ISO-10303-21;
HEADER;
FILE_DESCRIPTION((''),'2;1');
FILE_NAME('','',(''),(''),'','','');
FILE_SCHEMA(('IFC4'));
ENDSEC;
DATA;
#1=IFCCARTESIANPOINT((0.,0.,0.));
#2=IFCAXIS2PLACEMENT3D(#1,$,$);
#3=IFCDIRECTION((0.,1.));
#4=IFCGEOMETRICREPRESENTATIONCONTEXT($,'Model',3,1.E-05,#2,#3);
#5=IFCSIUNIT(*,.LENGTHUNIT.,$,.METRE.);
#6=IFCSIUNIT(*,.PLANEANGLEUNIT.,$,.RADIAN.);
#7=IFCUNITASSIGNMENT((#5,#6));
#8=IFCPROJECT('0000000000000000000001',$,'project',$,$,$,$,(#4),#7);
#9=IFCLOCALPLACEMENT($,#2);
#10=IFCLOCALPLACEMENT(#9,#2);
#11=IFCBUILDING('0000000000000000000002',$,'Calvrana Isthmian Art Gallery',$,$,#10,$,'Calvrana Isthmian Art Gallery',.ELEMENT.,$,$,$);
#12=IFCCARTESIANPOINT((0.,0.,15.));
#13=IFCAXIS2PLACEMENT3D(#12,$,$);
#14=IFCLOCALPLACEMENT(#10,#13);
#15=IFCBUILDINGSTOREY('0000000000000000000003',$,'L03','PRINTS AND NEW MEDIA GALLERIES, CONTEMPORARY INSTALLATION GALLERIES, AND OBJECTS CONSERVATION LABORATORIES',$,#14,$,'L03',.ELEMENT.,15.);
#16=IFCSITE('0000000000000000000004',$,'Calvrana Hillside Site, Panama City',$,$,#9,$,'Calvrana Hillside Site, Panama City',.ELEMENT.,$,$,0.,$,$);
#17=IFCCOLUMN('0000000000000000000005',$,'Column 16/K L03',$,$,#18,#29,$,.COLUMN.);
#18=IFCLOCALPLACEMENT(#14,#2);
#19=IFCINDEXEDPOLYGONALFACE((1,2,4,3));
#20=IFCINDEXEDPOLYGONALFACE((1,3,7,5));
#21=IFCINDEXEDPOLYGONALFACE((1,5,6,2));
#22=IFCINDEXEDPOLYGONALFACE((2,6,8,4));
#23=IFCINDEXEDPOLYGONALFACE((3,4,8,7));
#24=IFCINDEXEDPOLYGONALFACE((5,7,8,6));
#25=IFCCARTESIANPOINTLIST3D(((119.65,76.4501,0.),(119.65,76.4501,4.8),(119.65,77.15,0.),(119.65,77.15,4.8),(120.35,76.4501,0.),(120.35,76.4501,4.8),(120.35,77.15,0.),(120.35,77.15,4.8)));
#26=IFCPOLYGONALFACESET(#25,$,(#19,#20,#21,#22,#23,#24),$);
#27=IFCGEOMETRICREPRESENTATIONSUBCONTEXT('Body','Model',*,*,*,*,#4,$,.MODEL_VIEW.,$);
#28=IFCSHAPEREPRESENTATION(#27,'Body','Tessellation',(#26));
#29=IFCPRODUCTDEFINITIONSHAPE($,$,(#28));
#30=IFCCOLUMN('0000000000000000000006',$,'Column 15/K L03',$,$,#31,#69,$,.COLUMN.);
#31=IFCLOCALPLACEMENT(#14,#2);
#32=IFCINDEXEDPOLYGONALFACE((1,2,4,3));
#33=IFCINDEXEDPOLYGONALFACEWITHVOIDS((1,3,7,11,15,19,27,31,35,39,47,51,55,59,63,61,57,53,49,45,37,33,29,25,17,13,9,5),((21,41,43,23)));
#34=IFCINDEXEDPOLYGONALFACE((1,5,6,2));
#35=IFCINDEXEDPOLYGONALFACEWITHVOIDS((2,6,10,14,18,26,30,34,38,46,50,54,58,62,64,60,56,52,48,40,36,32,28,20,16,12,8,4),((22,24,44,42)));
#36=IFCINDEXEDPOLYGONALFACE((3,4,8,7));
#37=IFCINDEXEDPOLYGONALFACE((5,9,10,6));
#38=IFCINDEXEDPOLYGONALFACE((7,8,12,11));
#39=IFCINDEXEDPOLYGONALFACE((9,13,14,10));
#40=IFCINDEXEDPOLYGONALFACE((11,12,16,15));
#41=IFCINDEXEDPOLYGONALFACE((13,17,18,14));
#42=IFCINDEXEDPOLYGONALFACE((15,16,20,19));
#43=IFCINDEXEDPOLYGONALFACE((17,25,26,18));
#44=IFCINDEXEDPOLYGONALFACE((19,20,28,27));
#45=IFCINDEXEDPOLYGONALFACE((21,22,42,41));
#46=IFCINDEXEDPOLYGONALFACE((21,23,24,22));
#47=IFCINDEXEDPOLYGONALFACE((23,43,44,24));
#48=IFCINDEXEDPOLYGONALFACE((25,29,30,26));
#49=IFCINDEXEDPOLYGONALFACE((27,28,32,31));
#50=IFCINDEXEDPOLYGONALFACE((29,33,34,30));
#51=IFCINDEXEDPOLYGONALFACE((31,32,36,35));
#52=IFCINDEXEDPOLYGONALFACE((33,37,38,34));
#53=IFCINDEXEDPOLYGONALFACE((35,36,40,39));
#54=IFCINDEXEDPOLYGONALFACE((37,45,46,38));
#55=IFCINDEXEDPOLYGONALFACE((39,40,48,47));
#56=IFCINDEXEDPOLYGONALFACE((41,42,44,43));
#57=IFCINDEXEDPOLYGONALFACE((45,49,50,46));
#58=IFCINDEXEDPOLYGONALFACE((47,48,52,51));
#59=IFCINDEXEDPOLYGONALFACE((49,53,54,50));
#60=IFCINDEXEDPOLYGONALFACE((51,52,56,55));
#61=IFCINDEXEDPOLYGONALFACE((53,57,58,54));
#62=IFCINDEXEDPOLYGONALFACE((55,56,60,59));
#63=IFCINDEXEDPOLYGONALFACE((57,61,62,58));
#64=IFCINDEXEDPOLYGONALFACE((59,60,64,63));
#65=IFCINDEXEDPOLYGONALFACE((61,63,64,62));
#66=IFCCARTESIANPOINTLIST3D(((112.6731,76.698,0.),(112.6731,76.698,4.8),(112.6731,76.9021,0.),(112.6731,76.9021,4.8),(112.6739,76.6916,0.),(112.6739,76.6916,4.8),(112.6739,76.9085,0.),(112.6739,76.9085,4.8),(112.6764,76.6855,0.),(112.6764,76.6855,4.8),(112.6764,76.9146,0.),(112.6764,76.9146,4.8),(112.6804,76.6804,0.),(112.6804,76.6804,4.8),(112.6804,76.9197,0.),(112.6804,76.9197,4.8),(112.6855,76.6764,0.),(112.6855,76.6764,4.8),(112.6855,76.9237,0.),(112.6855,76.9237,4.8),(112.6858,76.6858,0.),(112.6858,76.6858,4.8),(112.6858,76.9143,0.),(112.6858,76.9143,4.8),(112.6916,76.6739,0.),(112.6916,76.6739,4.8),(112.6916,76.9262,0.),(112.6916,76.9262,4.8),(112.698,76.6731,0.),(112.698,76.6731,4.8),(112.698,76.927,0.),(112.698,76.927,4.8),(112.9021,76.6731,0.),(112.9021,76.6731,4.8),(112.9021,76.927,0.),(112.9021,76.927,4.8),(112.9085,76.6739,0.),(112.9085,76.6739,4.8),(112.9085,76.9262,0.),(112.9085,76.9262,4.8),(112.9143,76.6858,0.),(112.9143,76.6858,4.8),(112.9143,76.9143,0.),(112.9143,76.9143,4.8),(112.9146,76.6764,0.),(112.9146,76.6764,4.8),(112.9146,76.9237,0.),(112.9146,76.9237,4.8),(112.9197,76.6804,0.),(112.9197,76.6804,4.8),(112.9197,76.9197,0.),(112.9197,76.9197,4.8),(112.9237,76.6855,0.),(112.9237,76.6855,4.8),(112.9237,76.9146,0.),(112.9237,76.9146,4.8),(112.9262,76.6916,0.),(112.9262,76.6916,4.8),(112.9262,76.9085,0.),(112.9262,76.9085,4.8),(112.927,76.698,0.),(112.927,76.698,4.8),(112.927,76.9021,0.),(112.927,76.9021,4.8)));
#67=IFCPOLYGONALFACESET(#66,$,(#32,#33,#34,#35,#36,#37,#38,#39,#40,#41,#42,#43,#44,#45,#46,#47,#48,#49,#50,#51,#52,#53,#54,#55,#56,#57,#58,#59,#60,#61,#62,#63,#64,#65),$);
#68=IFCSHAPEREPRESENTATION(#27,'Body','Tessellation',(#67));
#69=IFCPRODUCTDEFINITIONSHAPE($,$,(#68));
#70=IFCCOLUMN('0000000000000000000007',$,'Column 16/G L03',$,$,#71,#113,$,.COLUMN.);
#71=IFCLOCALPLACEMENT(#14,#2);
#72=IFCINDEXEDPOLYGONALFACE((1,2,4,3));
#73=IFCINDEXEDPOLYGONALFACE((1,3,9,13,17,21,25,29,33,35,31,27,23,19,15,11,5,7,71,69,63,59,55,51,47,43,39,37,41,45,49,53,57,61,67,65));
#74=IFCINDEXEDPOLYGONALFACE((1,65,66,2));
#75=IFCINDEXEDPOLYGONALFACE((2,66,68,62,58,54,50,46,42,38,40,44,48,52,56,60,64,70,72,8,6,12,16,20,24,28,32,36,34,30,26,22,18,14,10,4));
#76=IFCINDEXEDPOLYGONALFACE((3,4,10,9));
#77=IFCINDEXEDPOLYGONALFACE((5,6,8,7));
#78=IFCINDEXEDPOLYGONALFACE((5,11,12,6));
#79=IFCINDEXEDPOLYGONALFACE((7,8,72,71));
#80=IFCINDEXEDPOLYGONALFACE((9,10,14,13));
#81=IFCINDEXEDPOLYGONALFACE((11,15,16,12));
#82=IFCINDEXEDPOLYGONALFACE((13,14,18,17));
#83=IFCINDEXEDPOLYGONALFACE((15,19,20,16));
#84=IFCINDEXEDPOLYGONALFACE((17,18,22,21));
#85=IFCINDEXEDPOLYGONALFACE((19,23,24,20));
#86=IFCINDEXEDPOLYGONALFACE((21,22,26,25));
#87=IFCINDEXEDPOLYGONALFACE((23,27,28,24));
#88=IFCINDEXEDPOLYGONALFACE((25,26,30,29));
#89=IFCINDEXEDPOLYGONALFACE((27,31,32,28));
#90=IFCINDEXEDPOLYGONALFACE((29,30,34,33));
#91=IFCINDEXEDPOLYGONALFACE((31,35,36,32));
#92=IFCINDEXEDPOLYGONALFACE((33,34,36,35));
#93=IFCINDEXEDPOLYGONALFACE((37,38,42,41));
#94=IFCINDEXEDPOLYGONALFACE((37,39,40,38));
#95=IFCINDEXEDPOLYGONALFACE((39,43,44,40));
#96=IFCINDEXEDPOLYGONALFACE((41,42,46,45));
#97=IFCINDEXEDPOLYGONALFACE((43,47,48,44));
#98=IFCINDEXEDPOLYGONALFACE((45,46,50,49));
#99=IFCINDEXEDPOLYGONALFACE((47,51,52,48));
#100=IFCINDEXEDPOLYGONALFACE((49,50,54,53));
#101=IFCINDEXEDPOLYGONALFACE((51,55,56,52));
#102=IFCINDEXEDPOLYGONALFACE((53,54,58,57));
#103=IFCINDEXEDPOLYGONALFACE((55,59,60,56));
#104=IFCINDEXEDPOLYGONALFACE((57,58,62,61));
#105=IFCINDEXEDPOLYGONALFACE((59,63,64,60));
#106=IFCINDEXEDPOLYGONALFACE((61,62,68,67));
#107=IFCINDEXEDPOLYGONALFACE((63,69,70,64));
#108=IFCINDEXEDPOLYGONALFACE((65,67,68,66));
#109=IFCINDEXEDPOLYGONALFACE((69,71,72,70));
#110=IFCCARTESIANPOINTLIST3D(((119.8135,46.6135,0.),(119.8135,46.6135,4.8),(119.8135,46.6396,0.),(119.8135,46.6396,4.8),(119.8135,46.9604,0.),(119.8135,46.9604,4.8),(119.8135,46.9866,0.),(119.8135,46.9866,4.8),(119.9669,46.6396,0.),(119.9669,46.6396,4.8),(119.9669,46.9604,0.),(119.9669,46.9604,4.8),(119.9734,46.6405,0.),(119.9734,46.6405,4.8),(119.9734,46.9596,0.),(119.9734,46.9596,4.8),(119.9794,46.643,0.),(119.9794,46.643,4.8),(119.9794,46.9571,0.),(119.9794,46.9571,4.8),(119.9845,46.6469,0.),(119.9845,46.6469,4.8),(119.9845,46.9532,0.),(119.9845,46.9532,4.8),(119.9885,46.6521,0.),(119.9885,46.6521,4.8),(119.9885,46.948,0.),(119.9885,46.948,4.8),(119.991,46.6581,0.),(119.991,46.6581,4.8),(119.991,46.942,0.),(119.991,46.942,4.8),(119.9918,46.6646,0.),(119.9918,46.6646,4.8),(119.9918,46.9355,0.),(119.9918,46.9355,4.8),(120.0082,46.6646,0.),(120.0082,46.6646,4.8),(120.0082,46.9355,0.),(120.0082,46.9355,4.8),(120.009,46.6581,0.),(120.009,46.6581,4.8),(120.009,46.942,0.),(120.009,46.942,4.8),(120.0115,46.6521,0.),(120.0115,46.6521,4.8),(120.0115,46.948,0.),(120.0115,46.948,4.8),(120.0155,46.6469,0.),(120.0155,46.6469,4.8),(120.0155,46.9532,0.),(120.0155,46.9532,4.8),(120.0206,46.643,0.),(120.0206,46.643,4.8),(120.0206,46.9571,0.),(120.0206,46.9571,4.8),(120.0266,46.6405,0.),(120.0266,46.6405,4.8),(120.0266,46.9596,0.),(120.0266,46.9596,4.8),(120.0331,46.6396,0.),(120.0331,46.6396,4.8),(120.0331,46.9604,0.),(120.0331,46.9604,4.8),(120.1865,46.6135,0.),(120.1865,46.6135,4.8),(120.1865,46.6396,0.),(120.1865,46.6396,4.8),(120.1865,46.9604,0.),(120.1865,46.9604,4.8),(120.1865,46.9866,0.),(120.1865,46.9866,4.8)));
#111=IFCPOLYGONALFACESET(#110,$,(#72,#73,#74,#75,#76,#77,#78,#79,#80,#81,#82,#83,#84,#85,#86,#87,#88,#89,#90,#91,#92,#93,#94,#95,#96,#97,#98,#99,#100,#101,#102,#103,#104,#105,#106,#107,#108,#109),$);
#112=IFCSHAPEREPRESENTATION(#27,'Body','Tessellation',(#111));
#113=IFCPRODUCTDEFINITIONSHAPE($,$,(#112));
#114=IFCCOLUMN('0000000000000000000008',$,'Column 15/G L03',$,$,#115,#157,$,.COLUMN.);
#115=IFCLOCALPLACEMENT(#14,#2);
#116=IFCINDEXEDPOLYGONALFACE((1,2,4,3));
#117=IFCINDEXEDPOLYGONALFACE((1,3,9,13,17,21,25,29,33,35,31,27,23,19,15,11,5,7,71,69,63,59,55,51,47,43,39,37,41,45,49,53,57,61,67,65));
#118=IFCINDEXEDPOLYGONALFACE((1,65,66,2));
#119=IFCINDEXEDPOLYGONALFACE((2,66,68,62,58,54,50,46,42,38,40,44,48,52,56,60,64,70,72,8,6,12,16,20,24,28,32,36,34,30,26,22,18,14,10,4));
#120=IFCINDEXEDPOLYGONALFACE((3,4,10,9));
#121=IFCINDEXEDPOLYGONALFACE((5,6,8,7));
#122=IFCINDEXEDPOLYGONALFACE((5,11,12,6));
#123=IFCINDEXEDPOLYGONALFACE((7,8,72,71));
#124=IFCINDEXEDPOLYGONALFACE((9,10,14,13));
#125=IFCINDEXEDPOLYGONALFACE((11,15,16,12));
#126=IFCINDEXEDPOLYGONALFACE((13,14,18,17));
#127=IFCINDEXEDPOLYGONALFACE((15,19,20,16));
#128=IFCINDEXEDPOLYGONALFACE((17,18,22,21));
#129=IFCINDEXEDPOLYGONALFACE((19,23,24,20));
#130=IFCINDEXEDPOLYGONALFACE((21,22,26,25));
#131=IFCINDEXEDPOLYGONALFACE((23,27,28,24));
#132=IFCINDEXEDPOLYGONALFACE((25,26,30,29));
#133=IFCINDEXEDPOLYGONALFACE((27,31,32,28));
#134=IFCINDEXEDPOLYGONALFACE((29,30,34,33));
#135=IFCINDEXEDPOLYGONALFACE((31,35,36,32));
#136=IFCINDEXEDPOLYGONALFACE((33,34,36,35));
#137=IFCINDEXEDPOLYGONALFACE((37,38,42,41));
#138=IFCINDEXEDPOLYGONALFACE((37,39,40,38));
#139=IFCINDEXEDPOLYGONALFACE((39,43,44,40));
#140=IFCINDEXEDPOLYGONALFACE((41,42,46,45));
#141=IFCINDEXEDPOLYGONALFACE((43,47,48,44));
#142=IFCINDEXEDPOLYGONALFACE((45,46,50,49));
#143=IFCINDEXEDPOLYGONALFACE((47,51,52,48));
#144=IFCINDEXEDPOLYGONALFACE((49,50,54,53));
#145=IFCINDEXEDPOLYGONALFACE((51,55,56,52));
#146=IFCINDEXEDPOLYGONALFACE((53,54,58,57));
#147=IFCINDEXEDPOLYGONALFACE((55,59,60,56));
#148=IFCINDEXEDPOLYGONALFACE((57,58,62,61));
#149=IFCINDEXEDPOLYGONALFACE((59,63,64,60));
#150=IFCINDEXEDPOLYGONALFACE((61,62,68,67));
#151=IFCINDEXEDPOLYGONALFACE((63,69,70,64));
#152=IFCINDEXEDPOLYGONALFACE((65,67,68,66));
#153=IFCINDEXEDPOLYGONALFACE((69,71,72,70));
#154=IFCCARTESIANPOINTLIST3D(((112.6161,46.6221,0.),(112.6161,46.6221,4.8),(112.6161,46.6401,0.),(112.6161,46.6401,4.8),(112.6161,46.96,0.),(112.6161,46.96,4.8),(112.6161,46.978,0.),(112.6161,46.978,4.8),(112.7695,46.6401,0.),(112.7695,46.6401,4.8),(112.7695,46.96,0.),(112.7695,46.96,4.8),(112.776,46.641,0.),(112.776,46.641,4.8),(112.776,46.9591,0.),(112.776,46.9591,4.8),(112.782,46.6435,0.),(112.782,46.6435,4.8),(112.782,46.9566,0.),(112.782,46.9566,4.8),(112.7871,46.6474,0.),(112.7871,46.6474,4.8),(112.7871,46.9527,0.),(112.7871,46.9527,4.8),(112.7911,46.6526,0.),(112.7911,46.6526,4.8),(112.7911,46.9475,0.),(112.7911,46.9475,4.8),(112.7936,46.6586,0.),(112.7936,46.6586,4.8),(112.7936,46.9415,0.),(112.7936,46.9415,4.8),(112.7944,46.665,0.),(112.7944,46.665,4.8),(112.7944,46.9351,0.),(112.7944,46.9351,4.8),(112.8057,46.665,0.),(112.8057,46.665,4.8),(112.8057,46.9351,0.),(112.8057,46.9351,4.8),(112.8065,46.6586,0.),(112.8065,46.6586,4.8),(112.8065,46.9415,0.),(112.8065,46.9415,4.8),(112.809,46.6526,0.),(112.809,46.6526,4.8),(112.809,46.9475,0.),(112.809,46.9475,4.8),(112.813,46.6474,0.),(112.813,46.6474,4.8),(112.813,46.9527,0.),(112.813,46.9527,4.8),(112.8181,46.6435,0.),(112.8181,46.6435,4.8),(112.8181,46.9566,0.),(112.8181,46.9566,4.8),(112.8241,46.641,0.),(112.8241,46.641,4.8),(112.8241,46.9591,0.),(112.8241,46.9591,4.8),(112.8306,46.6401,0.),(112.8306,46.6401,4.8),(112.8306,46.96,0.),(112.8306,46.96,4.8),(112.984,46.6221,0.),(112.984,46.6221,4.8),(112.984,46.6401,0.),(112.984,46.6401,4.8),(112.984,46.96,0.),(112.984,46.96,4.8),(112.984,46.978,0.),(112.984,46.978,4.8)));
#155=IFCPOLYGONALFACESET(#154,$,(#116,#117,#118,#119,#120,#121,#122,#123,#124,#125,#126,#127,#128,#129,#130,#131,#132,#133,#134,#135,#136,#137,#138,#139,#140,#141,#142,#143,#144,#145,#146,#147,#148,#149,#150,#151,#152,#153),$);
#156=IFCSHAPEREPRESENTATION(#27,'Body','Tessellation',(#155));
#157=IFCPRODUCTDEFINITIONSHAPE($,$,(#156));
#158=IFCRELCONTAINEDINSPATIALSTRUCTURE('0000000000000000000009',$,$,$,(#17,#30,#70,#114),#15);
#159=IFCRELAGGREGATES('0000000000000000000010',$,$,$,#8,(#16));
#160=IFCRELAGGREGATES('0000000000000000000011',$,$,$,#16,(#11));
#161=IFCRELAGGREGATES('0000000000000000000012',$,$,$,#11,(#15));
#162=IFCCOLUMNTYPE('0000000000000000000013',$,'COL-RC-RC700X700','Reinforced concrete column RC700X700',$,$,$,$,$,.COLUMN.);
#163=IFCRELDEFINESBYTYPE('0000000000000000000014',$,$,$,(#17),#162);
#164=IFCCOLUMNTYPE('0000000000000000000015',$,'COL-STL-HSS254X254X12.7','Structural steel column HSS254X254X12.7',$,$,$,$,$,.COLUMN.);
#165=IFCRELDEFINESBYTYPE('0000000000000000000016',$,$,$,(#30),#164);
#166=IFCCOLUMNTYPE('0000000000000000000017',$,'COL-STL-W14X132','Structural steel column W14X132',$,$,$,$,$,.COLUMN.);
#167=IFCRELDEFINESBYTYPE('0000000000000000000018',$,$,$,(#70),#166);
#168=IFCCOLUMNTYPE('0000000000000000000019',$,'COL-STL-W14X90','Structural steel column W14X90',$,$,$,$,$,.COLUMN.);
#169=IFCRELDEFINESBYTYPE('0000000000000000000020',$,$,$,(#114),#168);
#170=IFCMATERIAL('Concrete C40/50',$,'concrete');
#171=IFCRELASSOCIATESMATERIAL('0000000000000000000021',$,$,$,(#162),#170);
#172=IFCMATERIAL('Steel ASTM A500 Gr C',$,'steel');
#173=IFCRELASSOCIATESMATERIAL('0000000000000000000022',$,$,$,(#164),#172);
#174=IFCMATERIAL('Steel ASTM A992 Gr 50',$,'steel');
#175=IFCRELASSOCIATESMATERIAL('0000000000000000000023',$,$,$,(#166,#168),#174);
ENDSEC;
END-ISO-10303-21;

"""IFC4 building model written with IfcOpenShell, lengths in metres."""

from ifc_helpers import new_model, si_unit, direction, frame, origin, origin_2d, place, context, subcontext, project, spatial, rectangle, hollow_rectangle, i_section, extrude, material, material_profile, profile_set, type_object, element, save


model = new_model("IFC4")

# Units and contexts
model_context = context("Model", 3, precision=1e-05, world=origin(), true_north=direction((0.0, 1.0)))
body_context = subcontext(model_context, "Body", "Model", "MODEL_VIEW")
ifc_project = project(units=[si_unit("LENGTHUNIT", "METRE"), si_unit("PLANEANGLEUNIT", "RADIAN")], contexts=[model_context])

# Site, building, storey
site_placement = place(None, origin())
site = spatial("IfcSite", under=ifc_project, at=site_placement, Name="Calvrana Hillside Site, Panama City", LongName="Calvrana Hillside Site, Panama City", CompositionType="ELEMENT", RefElevation=0.0)
building_placement = place(site_placement, origin())
building = spatial("IfcBuilding", under=site, at=building_placement, Name="Calvrana Isthmian Art Gallery", LongName="Calvrana Isthmian Art Gallery", CompositionType="ELEMENT")
storey_placement = place(building_placement, frame((0.0, 0.0, 15.0)))
storey = spatial("IfcBuildingStorey", under=building, at=storey_placement, Name="L03", Description="PRINTS AND NEW MEDIA GALLERIES, CONTEMPORARY INSTALLATION GALLERIES, AND OBJECTS CONSERVATION LABORATORIES", LongName="L03", CompositionType="ELEMENT", Elevation=15.0)

# Columns
ifc_material_1 = material(Name="Concrete C40/50", Category="concrete")
ifc_material_profile_1 = material_profile(ifc_material_1, rectangle(XDim=0.7, YDim=0.7, at=origin_2d()), Name="RC700X700")
ifc_profile_set_1 = profile_set([ifc_material_profile_1], Name="Concrete C40/50")
column_type_1 = type_object("IfcColumnType", Name="COL-RC-RC700X700", Description="Reinforced concrete column RC700X700", PredefinedType="COLUMN", material=ifc_profile_set_1)
column_1_placement = place(storey_placement, frame((120.0, 76.8, 0.0), z_axis=(0.0, 0.0, 1.0), x_axis=(1.0, 0.0, 0.0)))
element("IfcColumn", 1, at=column_1_placement, inside=storey, type_object=column_type_1, Name="Column 16/K L03", PredefinedType="COLUMN", context=body_context, shape_type="SweptSolid", body=[
    extrude(rectangle(XDim=0.7, YDim=0.7, at=origin_2d()), origin(), (0.0, 0.0, 1.0), 4.8),
])
ifc_material_2 = material(Name="Steel ASTM A500 Gr C", Category="steel")
ifc_material_profile_2 = material_profile(ifc_material_2, hollow_rectangle(XDim=0.2539, YDim=0.2539, WallThickness=0.0127, OuterFilletRadius=0.0249, at=origin_2d()), Name="HSS254X254X12.7")
ifc_profile_set_2 = profile_set([ifc_material_profile_2], Name="Steel ASTM A500 Gr C")
column_type_2 = type_object("IfcColumnType", Name="COL-STL-HSS254X254X12.7", Description="Structural steel column HSS254X254X12.7", PredefinedType="COLUMN", material=ifc_profile_set_2)
column_2_placement = place(storey_placement, frame((112.8, 76.8, 0.0), z_axis=(0.0, 0.0, 1.0), x_axis=(1.0, 0.0, 0.0)))
element("IfcColumn", 2, at=column_2_placement, inside=storey, type_object=column_type_2, Name="Column 15/K L03", PredefinedType="COLUMN", context=body_context, shape_type="SweptSolid", body=[
    extrude(hollow_rectangle(XDim=0.2539, YDim=0.2539, WallThickness=0.0127, OuterFilletRadius=0.0249, at=origin_2d()), origin(), (0.0, 0.0, 1.0), 4.8),
])
ifc_material_3 = material(Name="Steel ASTM A992 Gr 50", Category="steel")
ifc_material_profile_3 = material_profile(ifc_material_3, i_section(OverallWidth=0.373, OverallDepth=0.373, WebThickness=0.0164, FlangeThickness=0.0261, FilletRadius=0.0249, at=origin_2d()), Name="W14X132")
ifc_profile_set_3 = profile_set([ifc_material_profile_3], Name="Steel ASTM A992 Gr 50")
column_type_3 = type_object("IfcColumnType", Name="COL-STL-W14X132", Description="Structural steel column W14X132", PredefinedType="COLUMN", material=ifc_profile_set_3)
column_3_placement = place(storey_placement, frame((120.0, 46.8, 0.0), z_axis=(0.0, 0.0, 1.0), x_axis=(1.0, 0.0, 0.0)))
element("IfcColumn", 3, at=column_3_placement, inside=storey, type_object=column_type_3, Name="Column 16/G L03", PredefinedType="COLUMN", context=body_context, shape_type="SweptSolid", body=[
    extrude(i_section(OverallWidth=0.373, OverallDepth=0.373, WebThickness=0.0164, FlangeThickness=0.0261, FilletRadius=0.0249, at=origin_2d()), origin(), (0.0, 0.0, 1.0), 4.8),
])
ifc_material_profile_4 = material_profile(ifc_material_3, i_section(OverallWidth=0.3679, OverallDepth=0.356, WebThickness=0.0112, FlangeThickness=0.0181, FilletRadius=0.0249, at=origin_2d()), Name="W14X90")
ifc_profile_set_4 = profile_set([ifc_material_profile_4], Name="Steel ASTM A992 Gr 50")
column_type_4 = type_object("IfcColumnType", Name="COL-STL-W14X90", Description="Structural steel column W14X90", PredefinedType="COLUMN", material=ifc_profile_set_4)
column_4_placement = place(storey_placement, frame((112.8, 46.8, 0.0), z_axis=(0.0, 0.0, 1.0), x_axis=(1.0, 0.0, 0.0)))
element("IfcColumn", 4, at=column_4_placement, inside=storey, type_object=column_type_4, Name="Column 15/G L03", PredefinedType="COLUMN", context=body_context, shape_type="SweptSolid", body=[
    extrude(i_section(OverallWidth=0.3679, OverallDepth=0.356, WebThickness=0.0112, FlangeThickness=0.0181, FilletRadius=0.0249, at=origin_2d()), origin(), (0.0, 0.0, 1.0), 4.8),
])

save(model, "model.ifc")
